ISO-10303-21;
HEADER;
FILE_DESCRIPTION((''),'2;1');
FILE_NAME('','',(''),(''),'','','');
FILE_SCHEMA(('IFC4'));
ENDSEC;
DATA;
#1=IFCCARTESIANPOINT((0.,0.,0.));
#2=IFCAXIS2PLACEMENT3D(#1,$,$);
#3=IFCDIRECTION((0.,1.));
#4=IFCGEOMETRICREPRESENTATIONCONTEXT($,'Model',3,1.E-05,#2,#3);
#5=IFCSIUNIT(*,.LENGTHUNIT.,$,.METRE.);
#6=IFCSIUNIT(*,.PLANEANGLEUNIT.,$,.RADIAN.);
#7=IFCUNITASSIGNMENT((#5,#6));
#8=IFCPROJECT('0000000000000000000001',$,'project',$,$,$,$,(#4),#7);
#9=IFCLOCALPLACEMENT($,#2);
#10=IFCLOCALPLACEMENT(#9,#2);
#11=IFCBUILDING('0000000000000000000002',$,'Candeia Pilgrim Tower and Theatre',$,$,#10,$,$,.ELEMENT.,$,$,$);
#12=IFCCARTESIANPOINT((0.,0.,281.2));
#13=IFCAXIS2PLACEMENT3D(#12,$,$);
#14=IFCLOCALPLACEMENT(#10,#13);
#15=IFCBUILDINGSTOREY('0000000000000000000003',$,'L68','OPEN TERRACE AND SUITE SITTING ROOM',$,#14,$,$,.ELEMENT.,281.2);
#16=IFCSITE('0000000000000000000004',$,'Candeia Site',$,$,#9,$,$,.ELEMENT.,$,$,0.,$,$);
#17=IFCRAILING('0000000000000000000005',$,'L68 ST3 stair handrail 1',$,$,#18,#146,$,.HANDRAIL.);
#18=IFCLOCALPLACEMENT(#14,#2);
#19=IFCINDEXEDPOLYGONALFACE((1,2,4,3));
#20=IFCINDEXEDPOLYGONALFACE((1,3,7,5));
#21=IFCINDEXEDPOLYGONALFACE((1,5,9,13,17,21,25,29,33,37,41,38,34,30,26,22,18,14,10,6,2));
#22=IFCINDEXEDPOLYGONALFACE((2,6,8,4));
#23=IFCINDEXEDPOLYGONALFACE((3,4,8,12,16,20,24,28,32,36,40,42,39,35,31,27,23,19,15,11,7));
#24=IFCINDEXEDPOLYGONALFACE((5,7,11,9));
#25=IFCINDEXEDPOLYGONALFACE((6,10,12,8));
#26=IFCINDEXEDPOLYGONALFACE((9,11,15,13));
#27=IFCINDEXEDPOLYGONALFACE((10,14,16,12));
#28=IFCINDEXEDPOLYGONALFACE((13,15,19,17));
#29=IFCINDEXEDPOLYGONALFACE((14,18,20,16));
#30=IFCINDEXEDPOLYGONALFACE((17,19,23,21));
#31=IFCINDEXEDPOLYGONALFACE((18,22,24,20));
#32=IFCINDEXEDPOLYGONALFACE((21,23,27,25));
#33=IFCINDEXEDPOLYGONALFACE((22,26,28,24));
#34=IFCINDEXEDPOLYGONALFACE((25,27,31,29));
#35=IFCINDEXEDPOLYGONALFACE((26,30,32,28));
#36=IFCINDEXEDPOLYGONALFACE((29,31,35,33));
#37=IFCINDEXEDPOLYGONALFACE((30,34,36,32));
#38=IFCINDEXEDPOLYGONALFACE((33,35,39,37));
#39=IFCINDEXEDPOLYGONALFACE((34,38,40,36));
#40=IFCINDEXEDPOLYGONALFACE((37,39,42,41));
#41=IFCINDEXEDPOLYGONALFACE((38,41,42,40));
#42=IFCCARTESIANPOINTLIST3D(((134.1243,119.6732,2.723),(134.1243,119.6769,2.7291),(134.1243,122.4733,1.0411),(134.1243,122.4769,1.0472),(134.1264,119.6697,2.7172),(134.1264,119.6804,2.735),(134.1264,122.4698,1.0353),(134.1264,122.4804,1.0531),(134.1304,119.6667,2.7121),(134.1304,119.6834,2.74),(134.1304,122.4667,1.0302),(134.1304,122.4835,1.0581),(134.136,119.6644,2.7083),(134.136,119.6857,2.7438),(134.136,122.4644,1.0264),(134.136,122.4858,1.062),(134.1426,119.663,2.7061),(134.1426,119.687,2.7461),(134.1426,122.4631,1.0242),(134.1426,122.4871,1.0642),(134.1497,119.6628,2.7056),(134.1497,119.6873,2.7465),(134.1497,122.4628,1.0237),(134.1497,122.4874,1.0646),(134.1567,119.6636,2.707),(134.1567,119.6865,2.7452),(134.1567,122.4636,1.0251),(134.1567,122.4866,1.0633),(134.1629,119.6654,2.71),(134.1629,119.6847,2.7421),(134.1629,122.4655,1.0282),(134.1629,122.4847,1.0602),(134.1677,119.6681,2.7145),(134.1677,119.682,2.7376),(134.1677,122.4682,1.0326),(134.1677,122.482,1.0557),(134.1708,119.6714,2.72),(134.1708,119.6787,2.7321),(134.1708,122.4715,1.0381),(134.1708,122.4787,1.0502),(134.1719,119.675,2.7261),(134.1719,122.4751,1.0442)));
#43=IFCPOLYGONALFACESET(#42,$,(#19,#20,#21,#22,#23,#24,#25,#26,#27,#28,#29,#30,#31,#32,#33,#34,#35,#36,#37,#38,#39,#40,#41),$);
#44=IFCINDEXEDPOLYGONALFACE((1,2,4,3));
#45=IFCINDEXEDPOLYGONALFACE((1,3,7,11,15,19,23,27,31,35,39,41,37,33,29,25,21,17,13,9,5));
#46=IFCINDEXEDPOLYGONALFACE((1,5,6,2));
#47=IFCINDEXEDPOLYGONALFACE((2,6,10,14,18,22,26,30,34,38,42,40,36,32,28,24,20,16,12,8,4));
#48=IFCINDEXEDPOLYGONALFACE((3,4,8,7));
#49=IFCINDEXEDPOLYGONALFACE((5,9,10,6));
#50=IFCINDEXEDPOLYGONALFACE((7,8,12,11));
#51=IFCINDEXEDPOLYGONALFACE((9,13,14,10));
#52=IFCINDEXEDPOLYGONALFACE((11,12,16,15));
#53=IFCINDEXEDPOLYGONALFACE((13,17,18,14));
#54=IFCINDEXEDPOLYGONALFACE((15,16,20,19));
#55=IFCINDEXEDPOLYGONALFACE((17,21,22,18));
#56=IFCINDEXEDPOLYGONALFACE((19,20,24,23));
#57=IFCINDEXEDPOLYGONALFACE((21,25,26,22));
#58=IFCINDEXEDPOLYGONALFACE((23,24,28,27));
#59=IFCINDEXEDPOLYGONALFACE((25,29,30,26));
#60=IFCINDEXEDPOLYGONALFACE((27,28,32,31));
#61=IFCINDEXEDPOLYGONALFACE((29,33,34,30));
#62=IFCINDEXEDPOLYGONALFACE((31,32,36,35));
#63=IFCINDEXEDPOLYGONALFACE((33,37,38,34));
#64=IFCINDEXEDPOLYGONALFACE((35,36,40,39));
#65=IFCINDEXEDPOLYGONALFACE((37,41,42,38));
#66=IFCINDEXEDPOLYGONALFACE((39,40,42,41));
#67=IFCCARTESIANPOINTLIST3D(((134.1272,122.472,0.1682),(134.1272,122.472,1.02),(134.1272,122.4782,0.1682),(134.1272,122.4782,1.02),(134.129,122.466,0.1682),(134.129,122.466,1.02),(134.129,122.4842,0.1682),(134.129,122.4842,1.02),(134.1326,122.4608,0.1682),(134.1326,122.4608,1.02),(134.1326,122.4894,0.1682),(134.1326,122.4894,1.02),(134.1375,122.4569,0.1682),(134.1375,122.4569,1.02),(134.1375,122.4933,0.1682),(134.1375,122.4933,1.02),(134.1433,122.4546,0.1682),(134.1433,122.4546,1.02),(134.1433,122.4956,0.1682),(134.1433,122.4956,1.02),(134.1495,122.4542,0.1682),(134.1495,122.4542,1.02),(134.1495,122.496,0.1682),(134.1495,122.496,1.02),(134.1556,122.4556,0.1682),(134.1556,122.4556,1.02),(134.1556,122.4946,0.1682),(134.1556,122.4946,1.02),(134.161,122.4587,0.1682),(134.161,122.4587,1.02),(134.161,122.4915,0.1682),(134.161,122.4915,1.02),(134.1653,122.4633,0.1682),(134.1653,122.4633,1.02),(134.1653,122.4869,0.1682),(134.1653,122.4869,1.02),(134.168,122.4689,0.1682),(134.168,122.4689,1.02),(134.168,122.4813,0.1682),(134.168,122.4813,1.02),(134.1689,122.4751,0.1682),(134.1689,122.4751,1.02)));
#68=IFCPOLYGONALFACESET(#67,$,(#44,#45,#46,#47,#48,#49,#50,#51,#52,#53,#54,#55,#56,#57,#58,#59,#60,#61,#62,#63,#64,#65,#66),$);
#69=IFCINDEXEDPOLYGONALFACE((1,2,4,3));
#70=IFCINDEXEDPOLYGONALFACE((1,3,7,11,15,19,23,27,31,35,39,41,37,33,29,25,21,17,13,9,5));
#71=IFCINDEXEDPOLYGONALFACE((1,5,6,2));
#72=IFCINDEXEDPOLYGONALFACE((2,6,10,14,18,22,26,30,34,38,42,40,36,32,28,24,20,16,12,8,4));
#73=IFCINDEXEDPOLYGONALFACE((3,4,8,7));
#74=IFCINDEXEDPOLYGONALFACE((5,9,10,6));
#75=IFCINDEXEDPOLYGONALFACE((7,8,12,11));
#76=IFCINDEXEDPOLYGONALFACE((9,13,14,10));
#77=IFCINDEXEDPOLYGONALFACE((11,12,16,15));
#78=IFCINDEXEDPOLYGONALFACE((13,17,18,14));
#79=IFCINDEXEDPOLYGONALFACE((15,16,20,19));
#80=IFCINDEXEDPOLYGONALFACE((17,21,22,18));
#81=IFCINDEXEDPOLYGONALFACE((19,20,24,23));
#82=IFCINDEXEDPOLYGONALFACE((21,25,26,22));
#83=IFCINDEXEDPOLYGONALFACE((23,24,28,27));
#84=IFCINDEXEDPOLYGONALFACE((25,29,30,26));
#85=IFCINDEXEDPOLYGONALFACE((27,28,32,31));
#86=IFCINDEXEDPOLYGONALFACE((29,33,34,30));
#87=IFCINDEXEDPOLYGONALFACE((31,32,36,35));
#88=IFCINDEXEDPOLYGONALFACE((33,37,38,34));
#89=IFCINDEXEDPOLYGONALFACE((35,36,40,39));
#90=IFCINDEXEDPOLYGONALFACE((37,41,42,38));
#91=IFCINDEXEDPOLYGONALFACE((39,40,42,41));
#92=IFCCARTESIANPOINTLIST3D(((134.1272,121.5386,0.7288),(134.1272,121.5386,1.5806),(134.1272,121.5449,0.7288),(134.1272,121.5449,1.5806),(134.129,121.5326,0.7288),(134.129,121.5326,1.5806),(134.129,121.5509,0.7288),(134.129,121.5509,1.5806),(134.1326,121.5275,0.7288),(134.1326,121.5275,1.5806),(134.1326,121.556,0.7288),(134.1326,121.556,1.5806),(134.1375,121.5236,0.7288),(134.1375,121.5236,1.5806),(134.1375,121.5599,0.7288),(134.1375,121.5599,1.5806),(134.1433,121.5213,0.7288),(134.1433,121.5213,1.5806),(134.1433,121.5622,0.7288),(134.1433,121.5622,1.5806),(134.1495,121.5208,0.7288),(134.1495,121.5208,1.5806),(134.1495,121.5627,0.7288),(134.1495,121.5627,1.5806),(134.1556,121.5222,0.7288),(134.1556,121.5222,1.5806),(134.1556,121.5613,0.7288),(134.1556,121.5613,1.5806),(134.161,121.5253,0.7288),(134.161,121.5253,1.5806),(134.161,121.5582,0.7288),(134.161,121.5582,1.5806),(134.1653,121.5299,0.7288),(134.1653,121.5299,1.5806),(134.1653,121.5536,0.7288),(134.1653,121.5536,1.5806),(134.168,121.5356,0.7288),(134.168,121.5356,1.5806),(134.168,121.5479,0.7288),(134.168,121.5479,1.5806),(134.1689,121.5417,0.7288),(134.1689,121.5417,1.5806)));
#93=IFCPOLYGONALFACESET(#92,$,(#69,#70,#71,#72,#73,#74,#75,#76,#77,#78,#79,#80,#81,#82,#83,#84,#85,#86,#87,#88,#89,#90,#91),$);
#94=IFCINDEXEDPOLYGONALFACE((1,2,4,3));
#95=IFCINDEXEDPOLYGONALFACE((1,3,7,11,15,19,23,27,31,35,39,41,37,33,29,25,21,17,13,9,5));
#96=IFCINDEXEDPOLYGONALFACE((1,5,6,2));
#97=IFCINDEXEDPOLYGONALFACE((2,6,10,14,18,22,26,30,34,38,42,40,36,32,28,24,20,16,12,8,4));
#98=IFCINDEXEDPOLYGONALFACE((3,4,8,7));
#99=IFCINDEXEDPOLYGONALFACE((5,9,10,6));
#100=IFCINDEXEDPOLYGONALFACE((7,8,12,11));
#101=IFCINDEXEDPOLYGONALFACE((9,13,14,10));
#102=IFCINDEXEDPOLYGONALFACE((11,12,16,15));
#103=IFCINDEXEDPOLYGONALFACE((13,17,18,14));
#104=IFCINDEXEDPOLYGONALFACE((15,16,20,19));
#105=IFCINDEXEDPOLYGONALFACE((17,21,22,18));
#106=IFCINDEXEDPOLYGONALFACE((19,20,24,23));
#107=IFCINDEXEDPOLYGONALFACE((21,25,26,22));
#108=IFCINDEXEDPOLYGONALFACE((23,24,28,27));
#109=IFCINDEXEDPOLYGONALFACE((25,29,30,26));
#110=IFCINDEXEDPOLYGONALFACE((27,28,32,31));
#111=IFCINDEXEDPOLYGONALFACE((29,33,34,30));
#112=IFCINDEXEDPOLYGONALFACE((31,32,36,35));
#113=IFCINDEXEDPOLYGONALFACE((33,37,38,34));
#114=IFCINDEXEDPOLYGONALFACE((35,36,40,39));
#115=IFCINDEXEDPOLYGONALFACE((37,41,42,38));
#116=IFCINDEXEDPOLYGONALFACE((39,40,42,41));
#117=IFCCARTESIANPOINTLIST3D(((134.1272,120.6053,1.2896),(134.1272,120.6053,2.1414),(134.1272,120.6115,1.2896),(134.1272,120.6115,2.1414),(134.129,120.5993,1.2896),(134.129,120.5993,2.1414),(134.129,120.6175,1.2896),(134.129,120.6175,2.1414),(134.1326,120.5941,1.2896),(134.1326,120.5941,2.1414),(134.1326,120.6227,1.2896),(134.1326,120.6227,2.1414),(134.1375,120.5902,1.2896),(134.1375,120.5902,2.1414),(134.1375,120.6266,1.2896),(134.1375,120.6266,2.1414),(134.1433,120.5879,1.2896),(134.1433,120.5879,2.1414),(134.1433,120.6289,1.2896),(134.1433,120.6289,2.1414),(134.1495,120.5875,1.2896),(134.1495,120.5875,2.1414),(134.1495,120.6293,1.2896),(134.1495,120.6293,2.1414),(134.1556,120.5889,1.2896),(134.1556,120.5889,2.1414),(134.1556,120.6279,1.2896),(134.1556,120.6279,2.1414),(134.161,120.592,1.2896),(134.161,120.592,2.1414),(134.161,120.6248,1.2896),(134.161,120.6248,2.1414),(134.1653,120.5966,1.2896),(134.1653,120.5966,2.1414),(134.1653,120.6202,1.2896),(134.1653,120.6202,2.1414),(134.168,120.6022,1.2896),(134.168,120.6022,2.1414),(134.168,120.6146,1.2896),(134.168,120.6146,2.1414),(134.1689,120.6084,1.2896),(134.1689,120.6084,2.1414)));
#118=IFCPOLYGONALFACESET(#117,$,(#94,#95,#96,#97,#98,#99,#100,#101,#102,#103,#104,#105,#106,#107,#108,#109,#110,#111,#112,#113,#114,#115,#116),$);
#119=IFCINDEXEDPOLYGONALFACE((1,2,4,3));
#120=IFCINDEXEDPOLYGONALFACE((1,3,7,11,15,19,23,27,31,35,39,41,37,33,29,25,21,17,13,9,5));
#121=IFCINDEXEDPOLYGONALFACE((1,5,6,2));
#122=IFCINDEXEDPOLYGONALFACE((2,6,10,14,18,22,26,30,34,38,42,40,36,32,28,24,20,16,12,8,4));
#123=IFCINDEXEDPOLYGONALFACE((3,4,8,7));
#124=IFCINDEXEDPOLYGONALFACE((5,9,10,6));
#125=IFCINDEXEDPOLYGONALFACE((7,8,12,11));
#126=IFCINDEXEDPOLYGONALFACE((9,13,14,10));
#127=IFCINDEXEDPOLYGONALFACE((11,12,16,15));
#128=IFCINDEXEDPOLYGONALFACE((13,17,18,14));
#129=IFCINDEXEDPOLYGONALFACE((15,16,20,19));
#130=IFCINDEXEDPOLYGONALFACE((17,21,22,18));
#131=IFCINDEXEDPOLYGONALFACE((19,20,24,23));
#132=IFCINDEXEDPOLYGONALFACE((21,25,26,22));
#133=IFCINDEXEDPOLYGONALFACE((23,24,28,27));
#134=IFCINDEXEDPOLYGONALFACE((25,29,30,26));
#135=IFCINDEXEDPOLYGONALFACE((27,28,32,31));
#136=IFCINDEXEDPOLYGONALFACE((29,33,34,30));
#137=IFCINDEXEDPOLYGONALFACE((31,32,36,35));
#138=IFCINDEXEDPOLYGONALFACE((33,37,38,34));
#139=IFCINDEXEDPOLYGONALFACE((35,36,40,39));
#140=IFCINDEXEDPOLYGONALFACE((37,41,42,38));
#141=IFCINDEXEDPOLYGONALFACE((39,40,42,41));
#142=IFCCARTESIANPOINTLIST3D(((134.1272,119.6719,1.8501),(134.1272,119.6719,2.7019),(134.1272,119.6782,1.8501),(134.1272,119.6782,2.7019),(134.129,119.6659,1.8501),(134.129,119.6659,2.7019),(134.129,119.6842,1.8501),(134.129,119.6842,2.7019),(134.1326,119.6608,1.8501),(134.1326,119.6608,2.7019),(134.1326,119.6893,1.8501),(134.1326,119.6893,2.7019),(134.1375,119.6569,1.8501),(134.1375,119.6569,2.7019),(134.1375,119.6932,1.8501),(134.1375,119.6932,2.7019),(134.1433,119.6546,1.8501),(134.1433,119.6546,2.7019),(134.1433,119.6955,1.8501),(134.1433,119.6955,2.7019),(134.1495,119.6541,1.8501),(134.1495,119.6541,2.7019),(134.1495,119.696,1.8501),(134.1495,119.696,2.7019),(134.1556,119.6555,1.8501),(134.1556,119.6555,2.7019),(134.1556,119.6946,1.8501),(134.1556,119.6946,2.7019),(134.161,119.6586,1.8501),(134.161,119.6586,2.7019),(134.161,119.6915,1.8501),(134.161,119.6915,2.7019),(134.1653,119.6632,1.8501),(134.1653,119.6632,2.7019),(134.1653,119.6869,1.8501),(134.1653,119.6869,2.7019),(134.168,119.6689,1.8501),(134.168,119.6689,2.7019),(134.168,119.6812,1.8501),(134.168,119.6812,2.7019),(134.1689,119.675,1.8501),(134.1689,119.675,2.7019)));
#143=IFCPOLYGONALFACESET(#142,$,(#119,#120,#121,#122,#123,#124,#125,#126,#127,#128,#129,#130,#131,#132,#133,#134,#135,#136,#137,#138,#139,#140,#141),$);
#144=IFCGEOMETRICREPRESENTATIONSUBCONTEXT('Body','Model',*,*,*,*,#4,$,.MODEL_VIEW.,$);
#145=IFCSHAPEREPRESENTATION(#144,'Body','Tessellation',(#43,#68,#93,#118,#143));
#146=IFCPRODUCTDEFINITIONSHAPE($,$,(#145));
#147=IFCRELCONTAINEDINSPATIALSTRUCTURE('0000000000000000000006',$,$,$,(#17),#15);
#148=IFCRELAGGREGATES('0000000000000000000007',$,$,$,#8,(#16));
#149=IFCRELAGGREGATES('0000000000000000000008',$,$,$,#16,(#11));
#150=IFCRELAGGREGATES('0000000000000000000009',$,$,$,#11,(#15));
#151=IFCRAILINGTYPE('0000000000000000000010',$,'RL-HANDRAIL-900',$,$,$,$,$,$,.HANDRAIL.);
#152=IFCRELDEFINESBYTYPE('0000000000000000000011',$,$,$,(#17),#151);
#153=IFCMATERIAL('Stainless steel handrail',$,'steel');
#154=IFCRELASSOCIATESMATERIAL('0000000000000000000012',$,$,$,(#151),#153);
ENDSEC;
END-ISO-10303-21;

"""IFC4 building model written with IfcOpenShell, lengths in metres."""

from ifc_helpers import new_model, si_unit, direction, frame, origin, origin_2d, place, context, subcontext, project, spatial, circle, extrude, material, type_object, element, save


model = new_model("IFC4")

# Units and contexts
model_context = context("Model", 3, precision=1e-05, world=origin(), true_north=direction((0.0, 1.0)))
body_context = subcontext(model_context, "Body", "Model", "MODEL_VIEW")
ifc_project = project(units=[si_unit("LENGTHUNIT", "METRE"), si_unit("PLANEANGLEUNIT", "RADIAN")], contexts=[model_context])

# Site, building, storey
site_placement = place(None, origin())
site = spatial("IfcSite", under=ifc_project, at=site_placement, Name="Candeia Site", CompositionType="ELEMENT", RefElevation=0.0)
building_placement = place(site_placement, origin())
building = spatial("IfcBuilding", under=site, at=building_placement, Name="Candeia Pilgrim Tower and Theatre", CompositionType="ELEMENT")
storey_placement = place(building_placement, frame((0.0, 0.0, 281.2)))
storey = spatial("IfcBuildingStorey", under=building, at=storey_placement, Name="L68", Description="OPEN TERRACE AND SUITE SITTING ROOM", CompositionType="ELEMENT", Elevation=281.2)

# Railing
ifc_material_1 = material(Name="Stainless steel handrail", Category="steel")
railing_type_1 = type_object("IfcRailingType", Name="RL-HANDRAIL-900", PredefinedType="HANDRAIL", material=ifc_material_1)
railing_1_placement = place(storey_placement, frame((134.1479, 122.4751, 0.1682)))
element("IfcRailing", 1, at=railing_1_placement, inside=storey, type_object=railing_type_1, Name="L68 ST3 stair handrail 1", PredefinedType="HANDRAIL", context=body_context, shape_type="SweptSolid", body=[
    extrude(circle(Radius=0.0239, at=origin_2d()), frame((0.0, 0.0, 0.876), z_axis=(0.0, -0.857242, 0.514913), x_axis=(1.0, 0.0, 0.0)), (0.0, 0.0, 1.0), 3.2664),
    extrude(circle(Radius=0.021, at=origin_2d()), origin(), (0.0, 0.0, 1.0), 0.8518),
    extrude(circle(Radius=0.021, at=origin_2d()), frame((0.0, -0.9333, 0.5605)), (0.0, 0.0, 1.0), 0.8518),
    extrude(circle(Radius=0.021, at=origin_2d()), frame((0.0, -1.8667, 1.1213)), (0.0, 0.0, 1.0), 0.8518),
    extrude(circle(Radius=0.021, at=origin_2d()), frame((0.0, -2.8, 1.6819)), (0.0, 0.0, 1.0), 0.8518),
])

save(model, "model.ifc")
